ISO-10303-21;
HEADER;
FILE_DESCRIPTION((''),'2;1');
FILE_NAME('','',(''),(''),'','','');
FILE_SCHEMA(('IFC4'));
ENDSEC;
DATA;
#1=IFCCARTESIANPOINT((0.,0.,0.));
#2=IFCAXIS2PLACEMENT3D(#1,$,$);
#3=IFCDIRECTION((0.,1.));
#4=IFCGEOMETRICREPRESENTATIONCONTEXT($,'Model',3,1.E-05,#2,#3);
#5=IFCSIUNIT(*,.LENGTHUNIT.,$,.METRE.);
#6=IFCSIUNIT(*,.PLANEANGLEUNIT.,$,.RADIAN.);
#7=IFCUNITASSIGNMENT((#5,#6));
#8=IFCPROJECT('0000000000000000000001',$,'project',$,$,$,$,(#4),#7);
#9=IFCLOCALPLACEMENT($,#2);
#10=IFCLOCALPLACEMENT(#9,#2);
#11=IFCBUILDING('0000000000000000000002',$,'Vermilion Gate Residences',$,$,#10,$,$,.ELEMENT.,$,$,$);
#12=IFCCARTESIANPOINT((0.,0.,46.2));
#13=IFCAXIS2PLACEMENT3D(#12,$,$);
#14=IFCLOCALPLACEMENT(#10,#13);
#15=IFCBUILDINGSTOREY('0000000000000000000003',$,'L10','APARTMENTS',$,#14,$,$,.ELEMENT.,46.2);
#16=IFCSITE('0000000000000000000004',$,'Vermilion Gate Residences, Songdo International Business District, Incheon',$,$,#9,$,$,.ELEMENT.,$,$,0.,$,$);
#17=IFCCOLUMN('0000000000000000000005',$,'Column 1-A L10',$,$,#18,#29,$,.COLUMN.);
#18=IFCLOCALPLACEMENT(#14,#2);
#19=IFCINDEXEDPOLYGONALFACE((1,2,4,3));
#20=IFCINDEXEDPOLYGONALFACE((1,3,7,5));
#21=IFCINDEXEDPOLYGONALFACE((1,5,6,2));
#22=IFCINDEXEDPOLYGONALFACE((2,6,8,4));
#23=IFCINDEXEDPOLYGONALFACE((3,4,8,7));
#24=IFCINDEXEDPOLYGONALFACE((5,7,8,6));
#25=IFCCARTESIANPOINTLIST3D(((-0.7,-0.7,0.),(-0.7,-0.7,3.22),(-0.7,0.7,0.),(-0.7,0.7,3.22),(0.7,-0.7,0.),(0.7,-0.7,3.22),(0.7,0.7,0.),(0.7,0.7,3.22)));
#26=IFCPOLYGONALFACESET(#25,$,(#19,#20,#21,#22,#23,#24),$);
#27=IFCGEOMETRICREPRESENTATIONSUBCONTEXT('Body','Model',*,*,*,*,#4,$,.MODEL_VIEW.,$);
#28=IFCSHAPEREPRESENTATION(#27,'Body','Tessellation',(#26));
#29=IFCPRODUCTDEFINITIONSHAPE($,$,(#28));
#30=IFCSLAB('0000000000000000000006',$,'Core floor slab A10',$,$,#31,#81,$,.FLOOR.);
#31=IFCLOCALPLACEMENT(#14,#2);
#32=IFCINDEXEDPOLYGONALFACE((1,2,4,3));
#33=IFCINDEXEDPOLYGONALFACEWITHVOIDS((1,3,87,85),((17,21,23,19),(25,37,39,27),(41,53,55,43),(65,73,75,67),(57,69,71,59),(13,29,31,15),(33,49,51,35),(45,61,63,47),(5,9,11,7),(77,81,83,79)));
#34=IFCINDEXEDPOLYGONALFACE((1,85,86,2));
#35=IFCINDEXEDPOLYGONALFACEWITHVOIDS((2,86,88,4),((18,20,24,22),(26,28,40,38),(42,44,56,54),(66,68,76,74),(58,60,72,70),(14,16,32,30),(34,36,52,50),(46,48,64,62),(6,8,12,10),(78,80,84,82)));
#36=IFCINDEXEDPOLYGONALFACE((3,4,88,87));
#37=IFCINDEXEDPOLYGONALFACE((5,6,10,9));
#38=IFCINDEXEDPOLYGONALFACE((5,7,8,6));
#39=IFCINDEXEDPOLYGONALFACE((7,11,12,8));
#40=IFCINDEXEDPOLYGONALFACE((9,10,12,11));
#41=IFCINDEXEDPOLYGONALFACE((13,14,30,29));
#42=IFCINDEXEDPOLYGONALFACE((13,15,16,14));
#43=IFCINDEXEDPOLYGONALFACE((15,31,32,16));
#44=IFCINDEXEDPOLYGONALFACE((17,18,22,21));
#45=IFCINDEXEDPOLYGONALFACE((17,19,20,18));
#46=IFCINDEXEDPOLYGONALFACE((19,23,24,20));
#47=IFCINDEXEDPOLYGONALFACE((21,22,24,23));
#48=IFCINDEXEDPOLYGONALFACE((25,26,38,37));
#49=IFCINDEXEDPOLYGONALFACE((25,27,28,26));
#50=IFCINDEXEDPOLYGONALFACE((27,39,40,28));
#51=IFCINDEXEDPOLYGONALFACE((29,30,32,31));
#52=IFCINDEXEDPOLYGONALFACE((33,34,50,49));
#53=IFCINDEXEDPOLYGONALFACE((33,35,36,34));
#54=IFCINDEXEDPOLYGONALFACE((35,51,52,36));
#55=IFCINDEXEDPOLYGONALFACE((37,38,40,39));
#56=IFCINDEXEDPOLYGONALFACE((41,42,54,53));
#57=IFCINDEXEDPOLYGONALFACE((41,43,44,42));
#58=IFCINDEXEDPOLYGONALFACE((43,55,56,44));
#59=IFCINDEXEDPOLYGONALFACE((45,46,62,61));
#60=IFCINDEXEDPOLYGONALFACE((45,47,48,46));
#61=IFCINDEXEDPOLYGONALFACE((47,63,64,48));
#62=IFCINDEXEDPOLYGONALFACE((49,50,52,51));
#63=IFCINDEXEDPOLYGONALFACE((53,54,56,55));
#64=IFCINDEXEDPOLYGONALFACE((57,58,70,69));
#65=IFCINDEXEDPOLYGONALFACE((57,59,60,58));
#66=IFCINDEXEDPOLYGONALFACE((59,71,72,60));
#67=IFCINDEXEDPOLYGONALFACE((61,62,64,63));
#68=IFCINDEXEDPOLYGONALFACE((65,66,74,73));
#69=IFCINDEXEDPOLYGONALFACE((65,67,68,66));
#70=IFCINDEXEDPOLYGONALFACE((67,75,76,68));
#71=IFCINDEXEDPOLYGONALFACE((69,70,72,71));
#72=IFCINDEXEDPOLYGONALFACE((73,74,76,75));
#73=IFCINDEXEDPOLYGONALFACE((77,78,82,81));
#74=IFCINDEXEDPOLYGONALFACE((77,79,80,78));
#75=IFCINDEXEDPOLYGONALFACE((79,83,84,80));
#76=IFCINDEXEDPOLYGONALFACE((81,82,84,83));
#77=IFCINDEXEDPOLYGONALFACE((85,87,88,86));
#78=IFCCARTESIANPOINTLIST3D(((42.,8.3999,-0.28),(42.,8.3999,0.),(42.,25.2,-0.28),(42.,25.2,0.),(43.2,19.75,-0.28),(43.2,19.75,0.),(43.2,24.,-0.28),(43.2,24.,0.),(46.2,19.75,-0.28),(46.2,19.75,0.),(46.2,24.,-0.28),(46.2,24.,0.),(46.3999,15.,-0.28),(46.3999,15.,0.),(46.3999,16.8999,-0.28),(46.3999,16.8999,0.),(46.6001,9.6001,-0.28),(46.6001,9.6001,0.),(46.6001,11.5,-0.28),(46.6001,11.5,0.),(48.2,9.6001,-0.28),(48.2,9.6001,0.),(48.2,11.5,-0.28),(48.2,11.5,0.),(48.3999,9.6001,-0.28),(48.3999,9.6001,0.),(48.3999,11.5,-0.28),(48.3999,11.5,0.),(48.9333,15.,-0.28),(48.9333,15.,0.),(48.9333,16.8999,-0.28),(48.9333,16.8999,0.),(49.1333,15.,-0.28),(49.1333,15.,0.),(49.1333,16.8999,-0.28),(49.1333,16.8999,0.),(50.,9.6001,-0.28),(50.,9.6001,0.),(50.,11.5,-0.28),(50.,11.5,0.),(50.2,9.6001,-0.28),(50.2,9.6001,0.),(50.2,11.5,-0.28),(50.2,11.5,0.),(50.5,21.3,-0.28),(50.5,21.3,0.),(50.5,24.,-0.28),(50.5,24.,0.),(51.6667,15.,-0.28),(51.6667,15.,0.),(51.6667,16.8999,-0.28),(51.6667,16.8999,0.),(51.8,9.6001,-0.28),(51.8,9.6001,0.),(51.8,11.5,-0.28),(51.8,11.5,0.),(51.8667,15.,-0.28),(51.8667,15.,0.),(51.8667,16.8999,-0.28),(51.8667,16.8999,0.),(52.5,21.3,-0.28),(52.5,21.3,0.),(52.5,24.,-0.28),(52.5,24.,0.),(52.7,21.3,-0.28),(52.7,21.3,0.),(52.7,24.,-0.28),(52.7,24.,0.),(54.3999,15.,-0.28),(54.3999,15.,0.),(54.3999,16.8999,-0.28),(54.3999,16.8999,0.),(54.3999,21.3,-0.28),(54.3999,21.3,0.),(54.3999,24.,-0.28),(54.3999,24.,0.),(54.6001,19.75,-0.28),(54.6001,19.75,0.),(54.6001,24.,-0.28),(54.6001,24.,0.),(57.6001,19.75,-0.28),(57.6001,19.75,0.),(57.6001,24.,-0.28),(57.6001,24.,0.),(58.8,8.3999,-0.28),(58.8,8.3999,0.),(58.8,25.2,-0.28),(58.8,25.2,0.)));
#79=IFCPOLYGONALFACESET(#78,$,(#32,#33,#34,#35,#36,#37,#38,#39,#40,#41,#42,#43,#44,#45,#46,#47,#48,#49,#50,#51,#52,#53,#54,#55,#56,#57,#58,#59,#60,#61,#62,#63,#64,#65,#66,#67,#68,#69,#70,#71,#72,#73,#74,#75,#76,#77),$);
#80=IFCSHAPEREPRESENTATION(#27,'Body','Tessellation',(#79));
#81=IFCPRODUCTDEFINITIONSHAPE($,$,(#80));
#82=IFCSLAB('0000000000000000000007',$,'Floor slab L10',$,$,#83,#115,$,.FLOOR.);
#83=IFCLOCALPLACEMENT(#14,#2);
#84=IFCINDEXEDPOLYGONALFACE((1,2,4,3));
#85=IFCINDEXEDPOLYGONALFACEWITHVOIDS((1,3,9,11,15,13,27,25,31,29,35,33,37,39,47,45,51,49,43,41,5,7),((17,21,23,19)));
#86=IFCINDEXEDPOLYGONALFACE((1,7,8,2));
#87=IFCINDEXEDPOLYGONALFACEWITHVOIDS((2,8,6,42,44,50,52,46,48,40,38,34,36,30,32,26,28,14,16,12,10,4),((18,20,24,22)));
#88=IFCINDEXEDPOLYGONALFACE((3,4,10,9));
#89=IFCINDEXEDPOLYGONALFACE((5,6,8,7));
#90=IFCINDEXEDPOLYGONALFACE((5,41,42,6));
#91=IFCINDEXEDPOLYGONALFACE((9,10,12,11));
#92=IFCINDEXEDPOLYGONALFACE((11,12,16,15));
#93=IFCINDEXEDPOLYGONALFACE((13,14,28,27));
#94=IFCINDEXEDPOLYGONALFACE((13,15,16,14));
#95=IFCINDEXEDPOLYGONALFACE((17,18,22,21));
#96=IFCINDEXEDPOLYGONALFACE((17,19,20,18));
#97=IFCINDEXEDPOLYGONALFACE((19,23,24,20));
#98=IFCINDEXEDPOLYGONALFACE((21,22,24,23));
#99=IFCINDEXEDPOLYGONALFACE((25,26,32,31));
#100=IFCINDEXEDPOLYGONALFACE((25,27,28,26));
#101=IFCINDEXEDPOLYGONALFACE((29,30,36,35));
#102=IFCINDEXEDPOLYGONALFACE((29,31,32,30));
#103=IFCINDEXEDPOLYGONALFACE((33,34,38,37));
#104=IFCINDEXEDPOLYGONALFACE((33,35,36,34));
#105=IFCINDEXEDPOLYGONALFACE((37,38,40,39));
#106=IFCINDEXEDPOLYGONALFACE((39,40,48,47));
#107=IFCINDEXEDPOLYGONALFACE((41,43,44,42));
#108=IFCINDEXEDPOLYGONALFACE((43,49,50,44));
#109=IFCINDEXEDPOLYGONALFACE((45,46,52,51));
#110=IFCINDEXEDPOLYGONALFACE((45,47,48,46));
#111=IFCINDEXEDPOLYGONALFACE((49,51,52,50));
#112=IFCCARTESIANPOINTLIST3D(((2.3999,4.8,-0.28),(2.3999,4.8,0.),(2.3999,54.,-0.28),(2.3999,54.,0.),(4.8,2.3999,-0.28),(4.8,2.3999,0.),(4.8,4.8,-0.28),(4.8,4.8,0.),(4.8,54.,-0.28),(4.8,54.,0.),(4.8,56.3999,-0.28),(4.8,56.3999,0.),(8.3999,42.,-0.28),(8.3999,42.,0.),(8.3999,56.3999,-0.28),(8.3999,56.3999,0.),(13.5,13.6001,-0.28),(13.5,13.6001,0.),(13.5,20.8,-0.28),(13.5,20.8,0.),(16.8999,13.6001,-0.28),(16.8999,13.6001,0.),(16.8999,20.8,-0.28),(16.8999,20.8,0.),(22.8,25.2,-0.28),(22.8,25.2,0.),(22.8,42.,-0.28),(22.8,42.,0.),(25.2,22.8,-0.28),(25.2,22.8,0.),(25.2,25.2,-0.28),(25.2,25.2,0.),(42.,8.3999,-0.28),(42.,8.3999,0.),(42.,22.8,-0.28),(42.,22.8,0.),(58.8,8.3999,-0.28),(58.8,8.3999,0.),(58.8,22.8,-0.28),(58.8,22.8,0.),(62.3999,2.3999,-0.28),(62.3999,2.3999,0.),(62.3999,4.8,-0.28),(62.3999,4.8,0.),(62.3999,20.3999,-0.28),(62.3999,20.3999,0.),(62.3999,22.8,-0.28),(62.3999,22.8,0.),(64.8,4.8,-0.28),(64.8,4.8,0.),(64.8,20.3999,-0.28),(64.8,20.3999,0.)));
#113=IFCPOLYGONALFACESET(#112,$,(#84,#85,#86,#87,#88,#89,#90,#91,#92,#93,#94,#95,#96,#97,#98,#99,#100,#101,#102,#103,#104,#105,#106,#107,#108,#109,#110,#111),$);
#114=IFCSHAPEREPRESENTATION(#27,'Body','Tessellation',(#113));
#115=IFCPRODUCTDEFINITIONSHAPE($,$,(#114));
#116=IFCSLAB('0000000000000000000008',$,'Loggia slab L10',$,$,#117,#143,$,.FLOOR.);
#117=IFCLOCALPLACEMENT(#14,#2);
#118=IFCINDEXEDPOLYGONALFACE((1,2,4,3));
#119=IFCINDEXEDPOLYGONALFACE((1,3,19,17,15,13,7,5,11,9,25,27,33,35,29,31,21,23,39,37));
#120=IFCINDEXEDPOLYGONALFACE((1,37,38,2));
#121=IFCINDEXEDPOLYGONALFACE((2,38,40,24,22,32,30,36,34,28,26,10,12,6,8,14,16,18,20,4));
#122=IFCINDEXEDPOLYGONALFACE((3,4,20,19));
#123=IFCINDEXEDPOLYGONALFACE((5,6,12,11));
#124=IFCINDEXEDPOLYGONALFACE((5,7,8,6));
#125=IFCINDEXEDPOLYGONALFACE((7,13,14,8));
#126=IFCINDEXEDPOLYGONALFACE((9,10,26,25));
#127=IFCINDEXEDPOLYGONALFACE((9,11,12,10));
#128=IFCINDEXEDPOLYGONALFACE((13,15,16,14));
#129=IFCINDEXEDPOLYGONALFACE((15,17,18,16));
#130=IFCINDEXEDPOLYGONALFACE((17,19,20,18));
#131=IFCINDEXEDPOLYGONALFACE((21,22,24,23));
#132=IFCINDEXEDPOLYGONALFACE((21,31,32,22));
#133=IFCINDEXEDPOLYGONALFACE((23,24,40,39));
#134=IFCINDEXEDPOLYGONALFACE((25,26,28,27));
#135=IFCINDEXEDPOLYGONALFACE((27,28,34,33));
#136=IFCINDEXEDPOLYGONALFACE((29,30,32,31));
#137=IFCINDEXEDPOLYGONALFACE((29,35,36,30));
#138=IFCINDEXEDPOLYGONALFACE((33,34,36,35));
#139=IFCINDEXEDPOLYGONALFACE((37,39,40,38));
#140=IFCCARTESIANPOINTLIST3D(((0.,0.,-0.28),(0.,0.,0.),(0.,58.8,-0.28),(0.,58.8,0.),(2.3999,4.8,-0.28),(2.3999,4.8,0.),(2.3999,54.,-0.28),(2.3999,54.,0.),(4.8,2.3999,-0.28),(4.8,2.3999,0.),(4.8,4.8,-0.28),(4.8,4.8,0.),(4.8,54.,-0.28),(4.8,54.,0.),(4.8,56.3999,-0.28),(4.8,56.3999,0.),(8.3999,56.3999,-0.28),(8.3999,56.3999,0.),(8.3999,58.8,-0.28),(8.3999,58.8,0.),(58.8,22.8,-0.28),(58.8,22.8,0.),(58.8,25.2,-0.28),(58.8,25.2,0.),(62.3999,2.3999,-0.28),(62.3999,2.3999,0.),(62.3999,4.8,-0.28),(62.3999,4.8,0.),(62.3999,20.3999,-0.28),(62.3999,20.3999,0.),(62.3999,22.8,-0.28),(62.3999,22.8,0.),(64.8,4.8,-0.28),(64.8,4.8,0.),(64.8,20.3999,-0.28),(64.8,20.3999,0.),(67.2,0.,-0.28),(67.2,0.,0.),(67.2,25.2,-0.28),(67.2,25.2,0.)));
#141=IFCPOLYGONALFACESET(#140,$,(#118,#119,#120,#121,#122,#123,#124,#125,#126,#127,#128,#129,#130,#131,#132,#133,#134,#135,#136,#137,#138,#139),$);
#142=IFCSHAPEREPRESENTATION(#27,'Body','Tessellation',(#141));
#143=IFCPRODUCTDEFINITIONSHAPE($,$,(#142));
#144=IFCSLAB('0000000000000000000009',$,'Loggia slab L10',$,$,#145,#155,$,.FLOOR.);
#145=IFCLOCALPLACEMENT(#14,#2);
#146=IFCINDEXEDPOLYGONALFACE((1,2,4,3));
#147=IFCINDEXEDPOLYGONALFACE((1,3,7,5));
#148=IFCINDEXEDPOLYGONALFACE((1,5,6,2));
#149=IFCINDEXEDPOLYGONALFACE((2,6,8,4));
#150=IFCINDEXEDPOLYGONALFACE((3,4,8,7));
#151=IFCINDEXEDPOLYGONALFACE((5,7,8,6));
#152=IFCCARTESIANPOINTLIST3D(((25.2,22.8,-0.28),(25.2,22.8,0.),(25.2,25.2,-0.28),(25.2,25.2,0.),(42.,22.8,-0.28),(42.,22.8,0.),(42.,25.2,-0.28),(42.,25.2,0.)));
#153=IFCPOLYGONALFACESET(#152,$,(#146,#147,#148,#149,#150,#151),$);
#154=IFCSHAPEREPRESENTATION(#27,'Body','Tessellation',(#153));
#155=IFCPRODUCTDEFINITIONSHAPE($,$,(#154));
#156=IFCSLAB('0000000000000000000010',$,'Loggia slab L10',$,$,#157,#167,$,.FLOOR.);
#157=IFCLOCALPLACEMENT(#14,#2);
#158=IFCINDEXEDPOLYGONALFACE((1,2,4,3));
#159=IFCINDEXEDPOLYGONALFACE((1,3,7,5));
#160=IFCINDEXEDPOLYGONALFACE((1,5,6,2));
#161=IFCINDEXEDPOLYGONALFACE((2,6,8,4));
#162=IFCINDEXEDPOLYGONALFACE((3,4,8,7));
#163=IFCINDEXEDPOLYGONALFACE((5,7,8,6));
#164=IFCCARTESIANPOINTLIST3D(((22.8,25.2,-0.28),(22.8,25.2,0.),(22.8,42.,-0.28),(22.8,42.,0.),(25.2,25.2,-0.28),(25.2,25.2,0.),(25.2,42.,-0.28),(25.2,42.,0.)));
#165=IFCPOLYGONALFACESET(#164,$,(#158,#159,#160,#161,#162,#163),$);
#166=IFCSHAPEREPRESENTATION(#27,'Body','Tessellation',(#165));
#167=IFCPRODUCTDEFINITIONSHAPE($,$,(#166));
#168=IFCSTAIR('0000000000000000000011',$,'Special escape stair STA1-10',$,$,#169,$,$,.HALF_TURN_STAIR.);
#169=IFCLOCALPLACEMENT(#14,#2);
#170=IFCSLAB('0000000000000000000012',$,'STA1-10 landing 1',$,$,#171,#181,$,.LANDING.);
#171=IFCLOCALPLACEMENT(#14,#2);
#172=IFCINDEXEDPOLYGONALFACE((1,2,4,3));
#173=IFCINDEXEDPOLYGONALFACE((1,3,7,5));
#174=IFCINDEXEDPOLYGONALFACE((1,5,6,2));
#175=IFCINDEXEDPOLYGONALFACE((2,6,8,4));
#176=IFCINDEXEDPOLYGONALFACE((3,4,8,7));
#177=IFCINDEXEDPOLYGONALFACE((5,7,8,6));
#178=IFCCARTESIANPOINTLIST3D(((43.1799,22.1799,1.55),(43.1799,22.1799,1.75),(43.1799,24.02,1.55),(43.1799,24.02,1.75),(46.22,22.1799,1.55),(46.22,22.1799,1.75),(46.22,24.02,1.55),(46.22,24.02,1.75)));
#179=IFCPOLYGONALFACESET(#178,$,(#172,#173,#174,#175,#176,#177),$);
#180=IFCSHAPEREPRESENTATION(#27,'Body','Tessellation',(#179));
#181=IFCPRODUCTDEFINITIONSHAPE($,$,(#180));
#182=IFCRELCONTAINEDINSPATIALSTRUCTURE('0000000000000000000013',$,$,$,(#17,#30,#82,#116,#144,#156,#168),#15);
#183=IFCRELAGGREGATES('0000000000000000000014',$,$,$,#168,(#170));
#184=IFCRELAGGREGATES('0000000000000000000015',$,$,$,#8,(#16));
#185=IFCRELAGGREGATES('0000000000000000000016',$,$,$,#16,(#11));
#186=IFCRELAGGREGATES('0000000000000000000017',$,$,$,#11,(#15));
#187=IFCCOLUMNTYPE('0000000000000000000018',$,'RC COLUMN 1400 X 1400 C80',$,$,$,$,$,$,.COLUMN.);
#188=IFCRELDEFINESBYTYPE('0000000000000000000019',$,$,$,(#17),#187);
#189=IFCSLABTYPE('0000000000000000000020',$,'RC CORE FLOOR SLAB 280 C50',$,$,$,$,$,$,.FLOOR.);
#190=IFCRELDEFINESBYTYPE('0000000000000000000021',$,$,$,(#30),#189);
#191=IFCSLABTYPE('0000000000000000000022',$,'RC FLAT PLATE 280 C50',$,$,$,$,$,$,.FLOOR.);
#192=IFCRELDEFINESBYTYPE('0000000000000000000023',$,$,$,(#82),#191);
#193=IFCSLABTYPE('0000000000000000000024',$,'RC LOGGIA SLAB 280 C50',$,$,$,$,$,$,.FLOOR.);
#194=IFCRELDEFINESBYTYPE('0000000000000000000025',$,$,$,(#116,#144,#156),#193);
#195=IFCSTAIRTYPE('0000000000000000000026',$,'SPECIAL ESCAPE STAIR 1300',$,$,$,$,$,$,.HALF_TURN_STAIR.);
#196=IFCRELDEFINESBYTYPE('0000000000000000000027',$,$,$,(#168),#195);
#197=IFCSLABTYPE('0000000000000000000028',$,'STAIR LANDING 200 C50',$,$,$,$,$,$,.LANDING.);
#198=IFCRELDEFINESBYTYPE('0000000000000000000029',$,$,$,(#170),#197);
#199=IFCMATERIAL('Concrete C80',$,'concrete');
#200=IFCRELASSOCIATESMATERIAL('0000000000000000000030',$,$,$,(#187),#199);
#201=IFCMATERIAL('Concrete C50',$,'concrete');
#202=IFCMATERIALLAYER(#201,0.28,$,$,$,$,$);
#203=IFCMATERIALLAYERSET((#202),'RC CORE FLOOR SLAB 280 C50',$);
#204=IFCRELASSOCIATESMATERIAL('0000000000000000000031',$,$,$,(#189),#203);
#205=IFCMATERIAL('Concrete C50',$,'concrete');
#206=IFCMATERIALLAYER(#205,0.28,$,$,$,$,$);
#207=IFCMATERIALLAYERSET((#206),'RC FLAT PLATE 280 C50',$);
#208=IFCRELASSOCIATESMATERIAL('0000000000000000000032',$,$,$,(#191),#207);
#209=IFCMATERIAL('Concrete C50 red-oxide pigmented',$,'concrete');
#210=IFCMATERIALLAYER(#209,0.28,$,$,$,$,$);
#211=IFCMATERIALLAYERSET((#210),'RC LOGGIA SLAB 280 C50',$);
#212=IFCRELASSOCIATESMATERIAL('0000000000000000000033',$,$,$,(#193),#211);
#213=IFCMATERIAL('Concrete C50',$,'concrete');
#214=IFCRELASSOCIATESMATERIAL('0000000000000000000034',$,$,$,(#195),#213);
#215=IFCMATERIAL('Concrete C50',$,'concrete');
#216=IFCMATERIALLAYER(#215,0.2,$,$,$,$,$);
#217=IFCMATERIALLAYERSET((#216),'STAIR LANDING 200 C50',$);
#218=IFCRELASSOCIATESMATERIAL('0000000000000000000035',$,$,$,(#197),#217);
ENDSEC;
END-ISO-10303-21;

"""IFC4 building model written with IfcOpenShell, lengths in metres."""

from ifc_helpers import new_model, si_unit, direction, frame, origin, origin_with_axes, origin_2d, place, context, subcontext, project, spatial, polyline, rectangle, outline, extrude, material, layer, layer_set, material_profile, profile_set, type_object, element, aggregate, save


model = new_model("IFC4")

# Units and contexts
model_context = context("Model", 3, precision=1e-05, world=origin(), true_north=direction((0.0, 1.0)))
body_context = subcontext(model_context, "Body", "Model", "MODEL_VIEW")
ifc_project = project(units=[si_unit("LENGTHUNIT", "METRE"), si_unit("PLANEANGLEUNIT", "RADIAN")], contexts=[model_context])

# Site, building, storey
site_placement = place(None, origin())
site = spatial("IfcSite", under=ifc_project, at=site_placement, Name="Vermilion Gate Residences, Songdo International Business District, Incheon", CompositionType="ELEMENT", RefElevation=0.0)
building_placement = place(site_placement, origin())
building = spatial("IfcBuilding", under=site, at=building_placement, Name="Vermilion Gate Residences", CompositionType="ELEMENT")
storey_placement = place(building_placement, frame((0.0, 0.0, 46.2)))
storey = spatial("IfcBuildingStorey", under=building, at=storey_placement, Name="L10", Description="APARTMENTS", CompositionType="ELEMENT", Elevation=46.2)

# Column
ifc_material_1 = material(Name="Concrete C80", Category="concrete")
ifc_material_profile_1 = material_profile(ifc_material_1, rectangle(XDim=1.3999, YDim=1.3999, at=origin_2d()), Name="RC-1400x1400")
ifc_profile_set_1 = profile_set([ifc_material_profile_1], Name="Concrete C80")
column_type = type_object("IfcColumnType", Name="RC COLUMN 1400 X 1400 C80", PredefinedType="COLUMN", material=ifc_profile_set_1)
column_placement = place(storey_placement, origin_with_axes())
element("IfcColumn", 1, at=column_placement, inside=storey, type_object=column_type, Name="Column 1-A L10", PredefinedType="COLUMN", context=body_context, shape_type="SweptSolid", body=[
    extrude(rectangle(XDim=1.3999, YDim=1.3999, at=origin_2d()), origin(), (0.0, 0.0, 1.0), 3.22),
])

# Slabs
ifc_material_2 = material(Name="Concrete C50", Category="concrete")
ifc_layer_1 = layer(ifc_material_2, 0.28)
ifc_layer_set_1 = layer_set([ifc_layer_1], Name="RC CORE FLOOR SLAB 280 C50")
slab_type_1 = type_object("IfcSlabType", Name="RC CORE FLOOR SLAB 280 C50", PredefinedType="FLOOR", material=ifc_layer_set_1)
slab_1_placement = place(storey_placement, frame((0.0, 0.0, -0.28)))
element("IfcSlab", 2, at=slab_1_placement, inside=storey, type_object=slab_type_1, Name="Core floor slab A10", PredefinedType="FLOOR", context=body_context, shape_type="SweptSolid", body=[
    extrude(outline(polyline([(42.0, 8.3999), (58.8, 8.3999), (58.8, 25.2), (42.0, 25.2), (42.0, 8.3999)]), holes=[polyline([(46.6001, 11.5), (48.2, 11.5), (48.2, 9.6001), (46.6001, 9.6001), (46.6001, 11.5)]), polyline([(48.3999, 11.5), (50.0, 11.5), (50.0, 9.6001), (48.3999, 9.6001), (48.3999, 11.5)]), polyline([(50.2, 11.5), (51.8, 11.5), (51.8, 9.6001), (50.2, 9.6001), (50.2, 11.5)]), polyline([(48.9333, 16.8999), (48.9333, 15.0), (46.3999, 15.0), (46.3999, 16.8999), (48.9333, 16.8999)]), polyline([(51.6667, 16.8999), (51.6667, 15.0), (49.1333, 15.0), (49.1333, 16.8999), (51.6667, 16.8999)]), polyline([(51.8667, 16.8999), (54.3999, 16.8999), (54.3999, 15.0), (51.8667, 15.0), (51.8667, 16.8999)]), polyline([(43.2, 24.0), (46.2, 24.0), (46.2, 19.75), (43.2, 19.75), (43.2, 24.0)]), polyline([(54.6001, 24.0), (57.6001, 24.0), (57.6001, 19.75), (54.6001, 19.75), (54.6001, 24.0)]), polyline([(52.5, 24.0), (52.5, 21.3), (50.5, 21.3), (50.5, 24.0), (52.5, 24.0)]), polyline([(54.3999, 24.0), (54.3999, 21.3), (52.7, 21.3), (52.7, 24.0), (54.3999, 24.0)])]), origin(), (0.0, 0.0, 1.0), 0.28),
])
ifc_material_3 = material(Name="Concrete C50", Category="concrete")
ifc_layer_2 = layer(ifc_material_3, 0.28)
ifc_layer_set_2 = layer_set([ifc_layer_2], Name="RC FLAT PLATE 280 C50")
slab_type_2 = type_object("IfcSlabType", Name="RC FLAT PLATE 280 C50", PredefinedType="FLOOR", material=ifc_layer_set_2)
slab_2_placement = place(storey_placement, frame((0.0, 0.0, -0.28)))
element("IfcSlab", 3, at=slab_2_placement, inside=storey, type_object=slab_type_2, Name="Floor slab L10", PredefinedType="FLOOR", context=body_context, shape_type="SweptSolid", body=[
    extrude(outline(polyline([(22.8, 25.2), (22.8, 42.0), (8.3999, 42.0), (8.3999, 56.3999), (4.8, 56.3999), (4.8, 54.0), (2.3999, 54.0), (2.3999, 4.8), (4.8, 4.8), (4.8, 2.3999), (62.3999, 2.3999), (62.3999, 4.8), (64.8, 4.8), (64.8, 20.3999), (62.3999, 20.3999), (62.3999, 22.8), (58.8, 22.8), (58.8, 8.3999), (42.0, 8.3999), (42.0, 22.8), (25.2, 22.8), (25.2, 25.2), (22.8, 25.2)]), holes=[polyline([(13.5, 13.6001), (13.5, 20.8), (16.8999, 20.8), (16.8999, 13.6001), (13.5, 13.6001)])]), origin(), (0.0, 0.0, 1.0), 0.28),
])
ifc_material_4 = material(Name="Concrete C50 red-oxide pigmented", Category="concrete")
ifc_layer_3 = layer(ifc_material_4, 0.28)
ifc_layer_set_3 = layer_set([ifc_layer_3], Name="RC LOGGIA SLAB 280 C50")
slab_type_3 = type_object("IfcSlabType", Name="RC LOGGIA SLAB 280 C50", PredefinedType="FLOOR", material=ifc_layer_set_3)
slab_3_placement = place(storey_placement, frame((0.0, 0.0, -0.28)))
element("IfcSlab", 4, at=slab_3_placement, inside=storey, type_object=slab_type_3, Name="Loggia slab L10", PredefinedType="FLOOR", context=body_context, shape_type="SweptSolid", body=[
    extrude(outline(polyline([(0.0, 58.8), (0.0, 0.0), (67.2, 0.0), (67.2, 25.2), (58.8, 25.2), (58.8, 22.8), (62.3999, 22.8), (62.3999, 20.3999), (64.8, 20.3999), (64.8, 4.8), (62.3999, 4.8), (62.3999, 2.3999), (4.8, 2.3999), (4.8, 4.8), (2.3999, 4.8), (2.3999, 54.0), (4.8, 54.0), (4.8, 56.3999), (8.3999, 56.3999), (8.3999, 58.8), (0.0, 58.8)])), origin(), (0.0, 0.0, 1.0), 0.28),
])
slab_4_placement = place(storey_placement, frame((0.0, 0.0, -0.28)))
element("IfcSlab", 5, at=slab_4_placement, inside=storey, type_object=slab_type_3, Name="Loggia slab L10", PredefinedType="FLOOR", context=body_context, shape_type="SweptSolid", body=[
    extrude(outline(polyline([(25.2, 22.8), (42.0, 22.8), (42.0, 25.2), (25.2, 25.2), (25.2, 22.8)])), origin(), (0.0, 0.0, 1.0), 0.28),
])
slab_5_placement = place(storey_placement, frame((0.0, 0.0, -0.28)))
element("IfcSlab", 6, at=slab_5_placement, inside=storey, type_object=slab_type_3, Name="Loggia slab L10", PredefinedType="FLOOR", context=body_context, shape_type="SweptSolid", body=[
    extrude(outline(polyline([(22.8, 42.0), (22.8, 25.2), (25.2, 25.2), (25.2, 42.0), (22.8, 42.0)])), origin(), (0.0, 0.0, 1.0), 0.28),
])

# Stair, slab
ifc_material_5 = material(Name="Concrete C50", Category="concrete")
stair_type = type_object("IfcStairType", Name="SPECIAL ESCAPE STAIR 1300", PredefinedType="HALF_TURN_STAIR", material=ifc_material_5)
stair_1_placement = place(storey_placement, origin())
stair_1 = element("IfcStair", 7, at=stair_1_placement, inside=storey, type_object=stair_type, Name="Special escape stair STA1-10", PredefinedType="HALF_TURN_STAIR")
ifc_material_6 = material(Name="Concrete C50", Category="concrete")
ifc_layer_4 = layer(ifc_material_6, 0.2)
ifc_layer_set_4 = layer_set([ifc_layer_4], Name="STAIR LANDING 200 C50")
slab_type_4 = type_object("IfcSlabType", Name="STAIR LANDING 200 C50", PredefinedType="LANDING", material=ifc_layer_set_4)
slab_6_placement = place(storey_placement, frame((0.0, 0.0, 1.55)))
slab_6 = element("IfcSlab", 8, at=slab_6_placement, type_object=slab_type_4, Name="STA1-10 landing 1", PredefinedType="LANDING", context=body_context, shape_type="SweptSolid", body=[
    extrude(outline(polyline([(46.22, 22.1799), (46.22, 24.02), (43.1799, 24.02), (43.1799, 22.1799), (46.22, 22.1799)])), origin(), (0.0, 0.0, 1.0), 0.2),
])
aggregate(stair_1, [slab_6])

save(model, "model.ifc")
